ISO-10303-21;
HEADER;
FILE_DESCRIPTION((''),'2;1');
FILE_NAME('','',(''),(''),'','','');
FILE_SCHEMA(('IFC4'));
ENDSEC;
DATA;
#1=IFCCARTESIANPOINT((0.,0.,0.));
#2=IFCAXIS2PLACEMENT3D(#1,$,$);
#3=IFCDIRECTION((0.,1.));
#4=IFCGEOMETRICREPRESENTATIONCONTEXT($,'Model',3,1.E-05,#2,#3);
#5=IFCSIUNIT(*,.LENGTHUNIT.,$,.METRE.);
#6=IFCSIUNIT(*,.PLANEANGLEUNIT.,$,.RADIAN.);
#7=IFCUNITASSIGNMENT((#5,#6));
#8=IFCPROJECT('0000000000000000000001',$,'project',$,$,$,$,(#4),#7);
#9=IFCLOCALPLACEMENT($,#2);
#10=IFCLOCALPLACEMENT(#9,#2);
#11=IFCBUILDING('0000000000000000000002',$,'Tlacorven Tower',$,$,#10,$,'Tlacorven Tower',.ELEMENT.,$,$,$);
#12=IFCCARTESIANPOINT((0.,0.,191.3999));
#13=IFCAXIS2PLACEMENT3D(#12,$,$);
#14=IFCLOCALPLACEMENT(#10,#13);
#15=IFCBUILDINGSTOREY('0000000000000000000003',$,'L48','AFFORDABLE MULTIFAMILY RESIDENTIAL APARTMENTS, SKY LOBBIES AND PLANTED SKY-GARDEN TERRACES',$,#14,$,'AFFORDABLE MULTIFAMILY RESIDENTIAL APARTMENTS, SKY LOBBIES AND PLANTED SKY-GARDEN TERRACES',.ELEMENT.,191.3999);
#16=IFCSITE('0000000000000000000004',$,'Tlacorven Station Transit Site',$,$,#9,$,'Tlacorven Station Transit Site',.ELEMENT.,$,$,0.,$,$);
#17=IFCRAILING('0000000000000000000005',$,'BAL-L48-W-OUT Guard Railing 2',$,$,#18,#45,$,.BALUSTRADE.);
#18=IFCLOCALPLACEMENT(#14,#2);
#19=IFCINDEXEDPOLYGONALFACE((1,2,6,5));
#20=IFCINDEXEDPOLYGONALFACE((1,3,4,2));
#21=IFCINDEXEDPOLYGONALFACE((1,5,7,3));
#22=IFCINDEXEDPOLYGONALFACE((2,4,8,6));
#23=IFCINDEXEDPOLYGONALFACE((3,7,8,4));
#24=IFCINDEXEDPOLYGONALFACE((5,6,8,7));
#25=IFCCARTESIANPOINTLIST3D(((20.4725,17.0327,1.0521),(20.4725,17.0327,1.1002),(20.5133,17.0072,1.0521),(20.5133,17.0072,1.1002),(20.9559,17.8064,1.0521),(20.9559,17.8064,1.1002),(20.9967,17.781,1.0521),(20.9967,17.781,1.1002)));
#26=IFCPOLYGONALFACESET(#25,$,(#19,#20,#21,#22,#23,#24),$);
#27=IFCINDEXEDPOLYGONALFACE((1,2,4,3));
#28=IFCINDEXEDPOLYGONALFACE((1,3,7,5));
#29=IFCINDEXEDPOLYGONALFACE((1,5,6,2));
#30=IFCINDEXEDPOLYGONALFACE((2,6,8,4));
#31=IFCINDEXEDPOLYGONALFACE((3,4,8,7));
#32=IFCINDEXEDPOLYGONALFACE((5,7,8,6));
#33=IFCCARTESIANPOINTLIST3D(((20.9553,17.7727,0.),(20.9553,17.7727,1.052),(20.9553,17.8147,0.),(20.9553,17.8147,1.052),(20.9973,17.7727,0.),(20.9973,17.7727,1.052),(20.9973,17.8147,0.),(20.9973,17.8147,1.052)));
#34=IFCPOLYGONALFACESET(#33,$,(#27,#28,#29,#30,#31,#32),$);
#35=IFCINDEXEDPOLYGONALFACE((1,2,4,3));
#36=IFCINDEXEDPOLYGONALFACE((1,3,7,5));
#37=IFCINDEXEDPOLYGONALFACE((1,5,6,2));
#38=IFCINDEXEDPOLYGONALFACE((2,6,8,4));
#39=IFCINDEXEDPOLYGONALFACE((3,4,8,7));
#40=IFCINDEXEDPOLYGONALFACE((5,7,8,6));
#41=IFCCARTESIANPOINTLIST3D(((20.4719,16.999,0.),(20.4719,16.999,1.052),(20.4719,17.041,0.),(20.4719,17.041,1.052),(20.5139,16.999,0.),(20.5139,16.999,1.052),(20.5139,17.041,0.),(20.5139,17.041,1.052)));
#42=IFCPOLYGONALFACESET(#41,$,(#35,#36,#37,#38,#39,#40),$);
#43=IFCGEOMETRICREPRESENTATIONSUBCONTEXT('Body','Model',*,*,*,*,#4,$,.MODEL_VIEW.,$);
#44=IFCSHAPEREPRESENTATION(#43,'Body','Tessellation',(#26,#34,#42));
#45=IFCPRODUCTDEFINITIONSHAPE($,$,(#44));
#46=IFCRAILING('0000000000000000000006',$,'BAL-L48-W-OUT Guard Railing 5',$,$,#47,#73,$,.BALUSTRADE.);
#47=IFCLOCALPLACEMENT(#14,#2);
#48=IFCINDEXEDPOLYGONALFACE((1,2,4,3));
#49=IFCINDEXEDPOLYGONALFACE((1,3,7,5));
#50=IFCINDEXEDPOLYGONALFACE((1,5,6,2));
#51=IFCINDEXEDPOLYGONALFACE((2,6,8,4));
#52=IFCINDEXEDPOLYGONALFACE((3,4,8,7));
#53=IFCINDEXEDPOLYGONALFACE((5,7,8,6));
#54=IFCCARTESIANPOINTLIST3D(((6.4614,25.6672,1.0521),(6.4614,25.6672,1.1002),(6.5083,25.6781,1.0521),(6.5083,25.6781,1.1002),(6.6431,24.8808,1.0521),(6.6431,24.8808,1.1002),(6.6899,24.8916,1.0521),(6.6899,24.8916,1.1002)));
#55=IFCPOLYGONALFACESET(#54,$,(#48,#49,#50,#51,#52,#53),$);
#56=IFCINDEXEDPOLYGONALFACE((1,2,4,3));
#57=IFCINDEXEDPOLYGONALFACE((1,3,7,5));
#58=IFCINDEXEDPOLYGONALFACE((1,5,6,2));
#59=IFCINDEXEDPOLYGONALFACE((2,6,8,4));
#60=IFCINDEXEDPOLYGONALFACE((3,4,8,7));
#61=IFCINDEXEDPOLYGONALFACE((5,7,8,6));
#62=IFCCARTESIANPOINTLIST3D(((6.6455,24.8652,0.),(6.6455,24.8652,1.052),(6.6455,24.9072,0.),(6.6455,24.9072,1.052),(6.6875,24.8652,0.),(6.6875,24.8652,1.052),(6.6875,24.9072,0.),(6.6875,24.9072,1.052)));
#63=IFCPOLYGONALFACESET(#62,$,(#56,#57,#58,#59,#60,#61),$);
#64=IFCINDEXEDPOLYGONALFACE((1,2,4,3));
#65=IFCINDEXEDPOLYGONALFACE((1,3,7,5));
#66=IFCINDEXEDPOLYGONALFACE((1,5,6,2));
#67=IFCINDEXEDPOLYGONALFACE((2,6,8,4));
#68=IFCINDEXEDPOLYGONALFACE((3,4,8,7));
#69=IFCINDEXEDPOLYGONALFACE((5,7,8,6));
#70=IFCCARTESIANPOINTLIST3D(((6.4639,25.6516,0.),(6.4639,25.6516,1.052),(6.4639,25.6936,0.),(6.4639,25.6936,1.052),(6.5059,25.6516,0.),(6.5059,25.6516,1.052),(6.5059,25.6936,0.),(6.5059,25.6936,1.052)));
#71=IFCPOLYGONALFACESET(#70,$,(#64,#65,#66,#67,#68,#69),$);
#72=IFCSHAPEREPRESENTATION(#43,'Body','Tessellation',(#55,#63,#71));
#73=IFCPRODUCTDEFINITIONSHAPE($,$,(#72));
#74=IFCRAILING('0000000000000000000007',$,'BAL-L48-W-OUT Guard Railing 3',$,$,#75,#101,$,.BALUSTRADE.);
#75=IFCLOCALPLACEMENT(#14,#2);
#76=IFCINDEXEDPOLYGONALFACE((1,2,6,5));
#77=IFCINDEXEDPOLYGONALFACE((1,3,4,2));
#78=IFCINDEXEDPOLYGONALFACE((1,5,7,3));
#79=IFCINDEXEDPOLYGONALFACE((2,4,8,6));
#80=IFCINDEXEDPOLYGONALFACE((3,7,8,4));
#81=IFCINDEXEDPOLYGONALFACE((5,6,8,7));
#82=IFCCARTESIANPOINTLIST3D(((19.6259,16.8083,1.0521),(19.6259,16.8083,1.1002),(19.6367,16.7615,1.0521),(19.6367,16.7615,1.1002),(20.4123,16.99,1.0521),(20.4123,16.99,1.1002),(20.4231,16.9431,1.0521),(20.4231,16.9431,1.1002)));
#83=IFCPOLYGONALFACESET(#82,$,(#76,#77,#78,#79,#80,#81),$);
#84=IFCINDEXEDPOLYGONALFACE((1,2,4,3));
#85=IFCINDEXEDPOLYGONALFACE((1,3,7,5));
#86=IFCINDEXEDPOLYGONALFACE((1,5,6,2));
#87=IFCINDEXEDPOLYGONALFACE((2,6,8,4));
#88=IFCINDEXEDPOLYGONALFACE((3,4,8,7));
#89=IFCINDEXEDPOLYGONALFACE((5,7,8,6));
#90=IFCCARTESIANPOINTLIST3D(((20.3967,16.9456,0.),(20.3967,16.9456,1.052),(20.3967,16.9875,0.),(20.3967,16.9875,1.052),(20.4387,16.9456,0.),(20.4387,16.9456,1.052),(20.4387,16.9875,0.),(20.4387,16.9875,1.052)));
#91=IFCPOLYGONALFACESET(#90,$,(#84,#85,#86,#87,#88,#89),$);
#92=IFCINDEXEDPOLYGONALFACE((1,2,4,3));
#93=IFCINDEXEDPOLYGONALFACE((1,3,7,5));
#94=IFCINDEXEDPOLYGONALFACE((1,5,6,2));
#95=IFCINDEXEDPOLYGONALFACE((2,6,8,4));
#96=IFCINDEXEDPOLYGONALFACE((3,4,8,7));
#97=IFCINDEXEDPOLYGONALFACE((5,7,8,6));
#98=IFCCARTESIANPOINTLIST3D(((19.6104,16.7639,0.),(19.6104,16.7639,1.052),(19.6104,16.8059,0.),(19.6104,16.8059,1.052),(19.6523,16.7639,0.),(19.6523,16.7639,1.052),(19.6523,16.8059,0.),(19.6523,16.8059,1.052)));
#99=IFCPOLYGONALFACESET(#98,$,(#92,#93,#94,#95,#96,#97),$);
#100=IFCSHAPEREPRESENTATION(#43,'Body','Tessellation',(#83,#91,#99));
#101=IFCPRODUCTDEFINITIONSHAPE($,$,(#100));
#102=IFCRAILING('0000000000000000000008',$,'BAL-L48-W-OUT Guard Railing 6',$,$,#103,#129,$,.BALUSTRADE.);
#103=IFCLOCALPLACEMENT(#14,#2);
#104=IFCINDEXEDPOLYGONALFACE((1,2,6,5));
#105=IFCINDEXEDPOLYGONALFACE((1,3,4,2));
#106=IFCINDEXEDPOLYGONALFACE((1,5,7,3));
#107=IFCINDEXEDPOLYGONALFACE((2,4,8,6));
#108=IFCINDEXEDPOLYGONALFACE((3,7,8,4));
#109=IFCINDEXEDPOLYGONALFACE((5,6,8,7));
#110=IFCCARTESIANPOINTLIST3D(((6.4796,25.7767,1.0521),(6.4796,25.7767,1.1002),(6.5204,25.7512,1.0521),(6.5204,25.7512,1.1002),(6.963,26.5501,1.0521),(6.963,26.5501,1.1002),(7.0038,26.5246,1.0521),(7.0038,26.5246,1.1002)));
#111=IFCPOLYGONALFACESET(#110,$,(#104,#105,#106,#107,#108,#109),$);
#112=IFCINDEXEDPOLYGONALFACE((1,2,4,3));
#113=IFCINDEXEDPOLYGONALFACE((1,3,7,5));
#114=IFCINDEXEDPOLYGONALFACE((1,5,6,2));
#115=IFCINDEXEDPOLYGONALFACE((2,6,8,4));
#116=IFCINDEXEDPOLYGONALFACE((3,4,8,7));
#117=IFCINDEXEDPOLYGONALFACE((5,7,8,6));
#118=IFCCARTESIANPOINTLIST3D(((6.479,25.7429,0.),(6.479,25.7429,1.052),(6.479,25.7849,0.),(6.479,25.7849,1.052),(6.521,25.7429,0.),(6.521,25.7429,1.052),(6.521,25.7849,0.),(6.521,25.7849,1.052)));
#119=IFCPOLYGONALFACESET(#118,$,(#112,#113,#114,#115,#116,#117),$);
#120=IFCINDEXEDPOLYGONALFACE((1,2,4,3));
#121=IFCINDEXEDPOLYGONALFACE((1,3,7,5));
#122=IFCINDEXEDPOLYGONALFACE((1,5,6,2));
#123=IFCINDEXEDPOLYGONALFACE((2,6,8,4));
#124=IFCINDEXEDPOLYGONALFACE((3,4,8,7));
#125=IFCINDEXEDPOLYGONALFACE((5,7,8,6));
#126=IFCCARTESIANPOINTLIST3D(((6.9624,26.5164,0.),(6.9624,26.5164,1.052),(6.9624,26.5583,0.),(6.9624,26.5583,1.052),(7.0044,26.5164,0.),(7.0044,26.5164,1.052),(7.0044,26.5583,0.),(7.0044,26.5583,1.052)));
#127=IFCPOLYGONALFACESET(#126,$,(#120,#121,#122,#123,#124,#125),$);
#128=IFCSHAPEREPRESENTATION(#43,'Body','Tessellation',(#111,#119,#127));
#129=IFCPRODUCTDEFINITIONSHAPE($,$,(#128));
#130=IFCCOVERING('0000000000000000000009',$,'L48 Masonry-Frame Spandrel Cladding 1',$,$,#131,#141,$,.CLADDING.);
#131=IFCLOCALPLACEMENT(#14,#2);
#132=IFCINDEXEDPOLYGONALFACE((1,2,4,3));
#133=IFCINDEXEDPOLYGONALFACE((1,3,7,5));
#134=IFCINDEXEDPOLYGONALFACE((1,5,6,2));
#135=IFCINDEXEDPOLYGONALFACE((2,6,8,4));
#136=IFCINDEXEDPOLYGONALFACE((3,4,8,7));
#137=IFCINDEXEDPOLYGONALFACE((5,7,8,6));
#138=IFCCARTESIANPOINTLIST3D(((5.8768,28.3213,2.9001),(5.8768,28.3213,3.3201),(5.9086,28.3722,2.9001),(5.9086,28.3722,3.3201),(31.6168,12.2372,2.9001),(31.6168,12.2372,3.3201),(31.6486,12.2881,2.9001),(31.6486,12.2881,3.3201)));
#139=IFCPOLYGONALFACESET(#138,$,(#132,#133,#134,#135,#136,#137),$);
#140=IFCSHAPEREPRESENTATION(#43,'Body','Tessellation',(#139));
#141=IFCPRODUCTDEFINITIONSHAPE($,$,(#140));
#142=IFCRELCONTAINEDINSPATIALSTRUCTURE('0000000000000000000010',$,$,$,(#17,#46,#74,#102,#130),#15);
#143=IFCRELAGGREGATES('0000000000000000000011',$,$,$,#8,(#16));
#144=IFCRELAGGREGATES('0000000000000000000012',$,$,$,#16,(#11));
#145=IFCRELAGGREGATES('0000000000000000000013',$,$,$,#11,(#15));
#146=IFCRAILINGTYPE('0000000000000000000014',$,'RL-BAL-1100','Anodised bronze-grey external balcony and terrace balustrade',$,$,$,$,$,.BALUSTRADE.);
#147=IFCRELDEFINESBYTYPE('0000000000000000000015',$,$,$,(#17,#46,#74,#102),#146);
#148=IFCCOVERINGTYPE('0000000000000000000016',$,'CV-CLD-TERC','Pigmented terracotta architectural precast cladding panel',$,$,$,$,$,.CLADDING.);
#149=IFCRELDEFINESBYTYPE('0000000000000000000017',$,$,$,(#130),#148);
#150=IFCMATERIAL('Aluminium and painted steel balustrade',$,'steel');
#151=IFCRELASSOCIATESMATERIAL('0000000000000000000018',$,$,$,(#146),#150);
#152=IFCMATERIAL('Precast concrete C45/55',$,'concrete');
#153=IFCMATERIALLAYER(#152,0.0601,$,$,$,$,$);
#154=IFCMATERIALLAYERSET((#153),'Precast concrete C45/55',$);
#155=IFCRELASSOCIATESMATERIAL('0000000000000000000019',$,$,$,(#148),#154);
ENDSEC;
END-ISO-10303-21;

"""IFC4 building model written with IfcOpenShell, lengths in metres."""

from ifc_helpers import new_model, si_unit, direction, frame, origin, origin_2d, place, context, subcontext, project, spatial, rectangle, extrude, source, transform, mapped, material, layer, layer_set, type_object, element, save


model = new_model("IFC4")

# Units and contexts
model_context = context("Model", 3, precision=1e-05, world=origin(), true_north=direction((0.0, 1.0)))
body_context = subcontext(model_context, "Body", "Model", "MODEL_VIEW")
ifc_project = project(units=[si_unit("LENGTHUNIT", "METRE"), si_unit("PLANEANGLEUNIT", "RADIAN")], contexts=[model_context])

# Site, building, storey
site_placement = place(None, origin())
site = spatial("IfcSite", under=ifc_project, at=site_placement, Name="Tlacorven Station Transit Site", LongName="Tlacorven Station Transit Site", CompositionType="ELEMENT", RefElevation=0.0)
building_placement = place(site_placement, origin())
building = spatial("IfcBuilding", under=site, at=building_placement, Name="Tlacorven Tower", LongName="Tlacorven Tower", CompositionType="ELEMENT")
storey_placement = place(building_placement, frame((0.0, 0.0, 191.3999)))
storey = spatial("IfcBuildingStorey", under=building, at=storey_placement, Name="L48", Description="AFFORDABLE MULTIFAMILY RESIDENTIAL APARTMENTS, SKY LOBBIES AND PLANTED SKY-GARDEN TERRACES", LongName="AFFORDABLE MULTIFAMILY RESIDENTIAL APARTMENTS, SKY LOBBIES AND PLANTED SKY-GARDEN TERRACES", CompositionType="ELEMENT", Elevation=191.3999)

# Shared definitions
ifc_material_1 = material(Name="Precast concrete C45/55", Category="concrete")

# Railings
ifc_material_2 = material(Name="Aluminium and painted steel balustrade", Category="steel")
railing_type = type_object("IfcRailingType", Name="RL-BAL-1100", Description="Anodised bronze-grey external balcony and terrace balustrade", PredefinedType="BALUSTRADE", material=ifc_material_2)
shared_shape_1 = source(origin(), body_context, "Body", "SweptSolid", [
    extrude(rectangle(XDim=0.0481, YDim=0.0481, at=origin_2d()), frame((0.0, 0.0, 1.0762), z_axis=(-0.529879, -0.848073, 0.0), x_axis=(0.848073, -0.529879, 0.0)), (0.0, 0.0, 1.0), 0.9124),
    extrude(rectangle(XDim=0.042, YDim=0.042, at=origin_2d()), origin(), (0.0, 0.0, 1.0), 1.052),
    extrude(rectangle(XDim=0.042, YDim=0.042, at=origin_2d()), frame((-0.4834, -0.7737, 0.0)), (0.0, 0.0, 1.0), 1.052),
])
railing_1_placement = place(storey_placement, frame((20.9763, 17.7937, 0.0)))
element("IfcRailing", 1, at=railing_1_placement, inside=storey, type_object=railing_type, Name="BAL-L48-W-OUT Guard Railing 2", PredefinedType="BALUSTRADE", context=body_context, shape_type="MappedRepresentation", body=[
    mapped(shared_shape_1, transform((0.0, 0.0, 0.0), scale=1.0)),
])
shared_shape_2 = source(origin(), body_context, "Body", "SweptSolid", [
    extrude(rectangle(XDim=0.0481, YDim=0.0481, at=origin_2d()), frame((0.0, 0.0, 1.0762), z_axis=(-0.225058, 0.974345, 0.0), x_axis=(-0.974345, -0.225058, 0.0)), (0.0, 0.0, 1.0), 0.8071),
    extrude(rectangle(XDim=0.042, YDim=0.042, at=origin_2d()), origin(), (0.0, 0.0, 1.0), 1.052),
    extrude(rectangle(XDim=0.042, YDim=0.042, at=origin_2d()), frame((-0.1816, 0.7864, 0.0)), (0.0, 0.0, 1.0), 1.052),
])
railing_2_placement = place(storey_placement, frame((6.6665, 24.8862, 0.0)))
element("IfcRailing", 2, at=railing_2_placement, inside=storey, type_object=railing_type, Name="BAL-L48-W-OUT Guard Railing 5", PredefinedType="BALUSTRADE", context=body_context, shape_type="MappedRepresentation", body=[
    mapped(shared_shape_2, transform((0.0, 0.0, 0.0), scale=1.0)),
])
shared_shape_3 = source(origin(), body_context, "Body", "SweptSolid", [
    extrude(rectangle(XDim=0.0481, YDim=0.0481, at=origin_2d()), frame((0.0, 0.0, 1.0762), z_axis=(-0.974345, -0.225058, 0.0), x_axis=(0.225058, -0.974345, 0.0)), (0.0, 0.0, 1.0), 0.8071),
    extrude(rectangle(XDim=0.042, YDim=0.042, at=origin_2d()), origin(), (0.0, 0.0, 1.0), 1.052),
    extrude(rectangle(XDim=0.042, YDim=0.042, at=origin_2d()), frame((-0.7864, -0.1816, 0.0)), (0.0, 0.0, 1.0), 1.052),
])
railing_3_placement = place(storey_placement, frame((20.4177, 16.9666, 0.0)))
element("IfcRailing", 3, at=railing_3_placement, inside=storey, type_object=railing_type, Name="BAL-L48-W-OUT Guard Railing 3", PredefinedType="BALUSTRADE", context=body_context, shape_type="MappedRepresentation", body=[
    mapped(shared_shape_3, transform((0.0, 0.0, 0.0), scale=1.0)),
])
shared_shape_4 = source(origin(), body_context, "Body", "SweptSolid", [
    extrude(rectangle(XDim=0.0481, YDim=0.0481, at=origin_2d()), frame((0.0, 0.0, 1.0762), z_axis=(0.529999, 0.847998, 0.0), x_axis=(-0.847998, 0.529999, 0.0)), (0.0, 0.0, 1.0), 0.9121),
    extrude(rectangle(XDim=0.042, YDim=0.042, at=origin_2d()), origin(), (0.0, 0.0, 1.0), 1.052),
    extrude(rectangle(XDim=0.042, YDim=0.042, at=origin_2d()), frame((0.4834, 0.7734, 0.0)), (0.0, 0.0, 1.0), 1.052),
])
railing_4_placement = place(storey_placement, frame((6.5, 25.7639, 0.0)))
element("IfcRailing", 4, at=railing_4_placement, inside=storey, type_object=railing_type, Name="BAL-L48-W-OUT Guard Railing 6", PredefinedType="BALUSTRADE", context=body_context, shape_type="MappedRepresentation", body=[
    mapped(shared_shape_4, transform((0.0, 0.0, 0.0), scale=1.0)),
])

# Covering
ifc_layer_1 = layer(ifc_material_1, 0.0601)
ifc_layer_set_1 = layer_set([ifc_layer_1], Name="Precast concrete C45/55")
covering_type = type_object("IfcCoveringType", Name="CV-CLD-TERC", Description="Pigmented terracotta architectural precast cladding panel", PredefinedType="CLADDING", material=ifc_layer_set_1)
shared_shape_5 = source(origin(), body_context, "Body", "SweptSolid", [
    extrude(rectangle(XDim=30.3521, YDim=0.0601, at=origin_2d()), origin(), (0.0, 0.0, 1.0), 0.4199),
])
covering_placement = place(storey_placement, frame((18.7627, 20.3047, 2.9001), z_axis=(0.0, 0.0, 1.0), x_axis=(-0.848048, 0.529919, 0.0)))
element("IfcCovering", 5, at=covering_placement, inside=storey, type_object=covering_type, Name="L48 Masonry-Frame Spandrel Cladding 1", PredefinedType="CLADDING", context=body_context, shape_type="MappedRepresentation", body=[
    mapped(shared_shape_5, transform((0.0, 0.0, 0.0), scale=1.0)),
])

save(model, "model.ifc")
